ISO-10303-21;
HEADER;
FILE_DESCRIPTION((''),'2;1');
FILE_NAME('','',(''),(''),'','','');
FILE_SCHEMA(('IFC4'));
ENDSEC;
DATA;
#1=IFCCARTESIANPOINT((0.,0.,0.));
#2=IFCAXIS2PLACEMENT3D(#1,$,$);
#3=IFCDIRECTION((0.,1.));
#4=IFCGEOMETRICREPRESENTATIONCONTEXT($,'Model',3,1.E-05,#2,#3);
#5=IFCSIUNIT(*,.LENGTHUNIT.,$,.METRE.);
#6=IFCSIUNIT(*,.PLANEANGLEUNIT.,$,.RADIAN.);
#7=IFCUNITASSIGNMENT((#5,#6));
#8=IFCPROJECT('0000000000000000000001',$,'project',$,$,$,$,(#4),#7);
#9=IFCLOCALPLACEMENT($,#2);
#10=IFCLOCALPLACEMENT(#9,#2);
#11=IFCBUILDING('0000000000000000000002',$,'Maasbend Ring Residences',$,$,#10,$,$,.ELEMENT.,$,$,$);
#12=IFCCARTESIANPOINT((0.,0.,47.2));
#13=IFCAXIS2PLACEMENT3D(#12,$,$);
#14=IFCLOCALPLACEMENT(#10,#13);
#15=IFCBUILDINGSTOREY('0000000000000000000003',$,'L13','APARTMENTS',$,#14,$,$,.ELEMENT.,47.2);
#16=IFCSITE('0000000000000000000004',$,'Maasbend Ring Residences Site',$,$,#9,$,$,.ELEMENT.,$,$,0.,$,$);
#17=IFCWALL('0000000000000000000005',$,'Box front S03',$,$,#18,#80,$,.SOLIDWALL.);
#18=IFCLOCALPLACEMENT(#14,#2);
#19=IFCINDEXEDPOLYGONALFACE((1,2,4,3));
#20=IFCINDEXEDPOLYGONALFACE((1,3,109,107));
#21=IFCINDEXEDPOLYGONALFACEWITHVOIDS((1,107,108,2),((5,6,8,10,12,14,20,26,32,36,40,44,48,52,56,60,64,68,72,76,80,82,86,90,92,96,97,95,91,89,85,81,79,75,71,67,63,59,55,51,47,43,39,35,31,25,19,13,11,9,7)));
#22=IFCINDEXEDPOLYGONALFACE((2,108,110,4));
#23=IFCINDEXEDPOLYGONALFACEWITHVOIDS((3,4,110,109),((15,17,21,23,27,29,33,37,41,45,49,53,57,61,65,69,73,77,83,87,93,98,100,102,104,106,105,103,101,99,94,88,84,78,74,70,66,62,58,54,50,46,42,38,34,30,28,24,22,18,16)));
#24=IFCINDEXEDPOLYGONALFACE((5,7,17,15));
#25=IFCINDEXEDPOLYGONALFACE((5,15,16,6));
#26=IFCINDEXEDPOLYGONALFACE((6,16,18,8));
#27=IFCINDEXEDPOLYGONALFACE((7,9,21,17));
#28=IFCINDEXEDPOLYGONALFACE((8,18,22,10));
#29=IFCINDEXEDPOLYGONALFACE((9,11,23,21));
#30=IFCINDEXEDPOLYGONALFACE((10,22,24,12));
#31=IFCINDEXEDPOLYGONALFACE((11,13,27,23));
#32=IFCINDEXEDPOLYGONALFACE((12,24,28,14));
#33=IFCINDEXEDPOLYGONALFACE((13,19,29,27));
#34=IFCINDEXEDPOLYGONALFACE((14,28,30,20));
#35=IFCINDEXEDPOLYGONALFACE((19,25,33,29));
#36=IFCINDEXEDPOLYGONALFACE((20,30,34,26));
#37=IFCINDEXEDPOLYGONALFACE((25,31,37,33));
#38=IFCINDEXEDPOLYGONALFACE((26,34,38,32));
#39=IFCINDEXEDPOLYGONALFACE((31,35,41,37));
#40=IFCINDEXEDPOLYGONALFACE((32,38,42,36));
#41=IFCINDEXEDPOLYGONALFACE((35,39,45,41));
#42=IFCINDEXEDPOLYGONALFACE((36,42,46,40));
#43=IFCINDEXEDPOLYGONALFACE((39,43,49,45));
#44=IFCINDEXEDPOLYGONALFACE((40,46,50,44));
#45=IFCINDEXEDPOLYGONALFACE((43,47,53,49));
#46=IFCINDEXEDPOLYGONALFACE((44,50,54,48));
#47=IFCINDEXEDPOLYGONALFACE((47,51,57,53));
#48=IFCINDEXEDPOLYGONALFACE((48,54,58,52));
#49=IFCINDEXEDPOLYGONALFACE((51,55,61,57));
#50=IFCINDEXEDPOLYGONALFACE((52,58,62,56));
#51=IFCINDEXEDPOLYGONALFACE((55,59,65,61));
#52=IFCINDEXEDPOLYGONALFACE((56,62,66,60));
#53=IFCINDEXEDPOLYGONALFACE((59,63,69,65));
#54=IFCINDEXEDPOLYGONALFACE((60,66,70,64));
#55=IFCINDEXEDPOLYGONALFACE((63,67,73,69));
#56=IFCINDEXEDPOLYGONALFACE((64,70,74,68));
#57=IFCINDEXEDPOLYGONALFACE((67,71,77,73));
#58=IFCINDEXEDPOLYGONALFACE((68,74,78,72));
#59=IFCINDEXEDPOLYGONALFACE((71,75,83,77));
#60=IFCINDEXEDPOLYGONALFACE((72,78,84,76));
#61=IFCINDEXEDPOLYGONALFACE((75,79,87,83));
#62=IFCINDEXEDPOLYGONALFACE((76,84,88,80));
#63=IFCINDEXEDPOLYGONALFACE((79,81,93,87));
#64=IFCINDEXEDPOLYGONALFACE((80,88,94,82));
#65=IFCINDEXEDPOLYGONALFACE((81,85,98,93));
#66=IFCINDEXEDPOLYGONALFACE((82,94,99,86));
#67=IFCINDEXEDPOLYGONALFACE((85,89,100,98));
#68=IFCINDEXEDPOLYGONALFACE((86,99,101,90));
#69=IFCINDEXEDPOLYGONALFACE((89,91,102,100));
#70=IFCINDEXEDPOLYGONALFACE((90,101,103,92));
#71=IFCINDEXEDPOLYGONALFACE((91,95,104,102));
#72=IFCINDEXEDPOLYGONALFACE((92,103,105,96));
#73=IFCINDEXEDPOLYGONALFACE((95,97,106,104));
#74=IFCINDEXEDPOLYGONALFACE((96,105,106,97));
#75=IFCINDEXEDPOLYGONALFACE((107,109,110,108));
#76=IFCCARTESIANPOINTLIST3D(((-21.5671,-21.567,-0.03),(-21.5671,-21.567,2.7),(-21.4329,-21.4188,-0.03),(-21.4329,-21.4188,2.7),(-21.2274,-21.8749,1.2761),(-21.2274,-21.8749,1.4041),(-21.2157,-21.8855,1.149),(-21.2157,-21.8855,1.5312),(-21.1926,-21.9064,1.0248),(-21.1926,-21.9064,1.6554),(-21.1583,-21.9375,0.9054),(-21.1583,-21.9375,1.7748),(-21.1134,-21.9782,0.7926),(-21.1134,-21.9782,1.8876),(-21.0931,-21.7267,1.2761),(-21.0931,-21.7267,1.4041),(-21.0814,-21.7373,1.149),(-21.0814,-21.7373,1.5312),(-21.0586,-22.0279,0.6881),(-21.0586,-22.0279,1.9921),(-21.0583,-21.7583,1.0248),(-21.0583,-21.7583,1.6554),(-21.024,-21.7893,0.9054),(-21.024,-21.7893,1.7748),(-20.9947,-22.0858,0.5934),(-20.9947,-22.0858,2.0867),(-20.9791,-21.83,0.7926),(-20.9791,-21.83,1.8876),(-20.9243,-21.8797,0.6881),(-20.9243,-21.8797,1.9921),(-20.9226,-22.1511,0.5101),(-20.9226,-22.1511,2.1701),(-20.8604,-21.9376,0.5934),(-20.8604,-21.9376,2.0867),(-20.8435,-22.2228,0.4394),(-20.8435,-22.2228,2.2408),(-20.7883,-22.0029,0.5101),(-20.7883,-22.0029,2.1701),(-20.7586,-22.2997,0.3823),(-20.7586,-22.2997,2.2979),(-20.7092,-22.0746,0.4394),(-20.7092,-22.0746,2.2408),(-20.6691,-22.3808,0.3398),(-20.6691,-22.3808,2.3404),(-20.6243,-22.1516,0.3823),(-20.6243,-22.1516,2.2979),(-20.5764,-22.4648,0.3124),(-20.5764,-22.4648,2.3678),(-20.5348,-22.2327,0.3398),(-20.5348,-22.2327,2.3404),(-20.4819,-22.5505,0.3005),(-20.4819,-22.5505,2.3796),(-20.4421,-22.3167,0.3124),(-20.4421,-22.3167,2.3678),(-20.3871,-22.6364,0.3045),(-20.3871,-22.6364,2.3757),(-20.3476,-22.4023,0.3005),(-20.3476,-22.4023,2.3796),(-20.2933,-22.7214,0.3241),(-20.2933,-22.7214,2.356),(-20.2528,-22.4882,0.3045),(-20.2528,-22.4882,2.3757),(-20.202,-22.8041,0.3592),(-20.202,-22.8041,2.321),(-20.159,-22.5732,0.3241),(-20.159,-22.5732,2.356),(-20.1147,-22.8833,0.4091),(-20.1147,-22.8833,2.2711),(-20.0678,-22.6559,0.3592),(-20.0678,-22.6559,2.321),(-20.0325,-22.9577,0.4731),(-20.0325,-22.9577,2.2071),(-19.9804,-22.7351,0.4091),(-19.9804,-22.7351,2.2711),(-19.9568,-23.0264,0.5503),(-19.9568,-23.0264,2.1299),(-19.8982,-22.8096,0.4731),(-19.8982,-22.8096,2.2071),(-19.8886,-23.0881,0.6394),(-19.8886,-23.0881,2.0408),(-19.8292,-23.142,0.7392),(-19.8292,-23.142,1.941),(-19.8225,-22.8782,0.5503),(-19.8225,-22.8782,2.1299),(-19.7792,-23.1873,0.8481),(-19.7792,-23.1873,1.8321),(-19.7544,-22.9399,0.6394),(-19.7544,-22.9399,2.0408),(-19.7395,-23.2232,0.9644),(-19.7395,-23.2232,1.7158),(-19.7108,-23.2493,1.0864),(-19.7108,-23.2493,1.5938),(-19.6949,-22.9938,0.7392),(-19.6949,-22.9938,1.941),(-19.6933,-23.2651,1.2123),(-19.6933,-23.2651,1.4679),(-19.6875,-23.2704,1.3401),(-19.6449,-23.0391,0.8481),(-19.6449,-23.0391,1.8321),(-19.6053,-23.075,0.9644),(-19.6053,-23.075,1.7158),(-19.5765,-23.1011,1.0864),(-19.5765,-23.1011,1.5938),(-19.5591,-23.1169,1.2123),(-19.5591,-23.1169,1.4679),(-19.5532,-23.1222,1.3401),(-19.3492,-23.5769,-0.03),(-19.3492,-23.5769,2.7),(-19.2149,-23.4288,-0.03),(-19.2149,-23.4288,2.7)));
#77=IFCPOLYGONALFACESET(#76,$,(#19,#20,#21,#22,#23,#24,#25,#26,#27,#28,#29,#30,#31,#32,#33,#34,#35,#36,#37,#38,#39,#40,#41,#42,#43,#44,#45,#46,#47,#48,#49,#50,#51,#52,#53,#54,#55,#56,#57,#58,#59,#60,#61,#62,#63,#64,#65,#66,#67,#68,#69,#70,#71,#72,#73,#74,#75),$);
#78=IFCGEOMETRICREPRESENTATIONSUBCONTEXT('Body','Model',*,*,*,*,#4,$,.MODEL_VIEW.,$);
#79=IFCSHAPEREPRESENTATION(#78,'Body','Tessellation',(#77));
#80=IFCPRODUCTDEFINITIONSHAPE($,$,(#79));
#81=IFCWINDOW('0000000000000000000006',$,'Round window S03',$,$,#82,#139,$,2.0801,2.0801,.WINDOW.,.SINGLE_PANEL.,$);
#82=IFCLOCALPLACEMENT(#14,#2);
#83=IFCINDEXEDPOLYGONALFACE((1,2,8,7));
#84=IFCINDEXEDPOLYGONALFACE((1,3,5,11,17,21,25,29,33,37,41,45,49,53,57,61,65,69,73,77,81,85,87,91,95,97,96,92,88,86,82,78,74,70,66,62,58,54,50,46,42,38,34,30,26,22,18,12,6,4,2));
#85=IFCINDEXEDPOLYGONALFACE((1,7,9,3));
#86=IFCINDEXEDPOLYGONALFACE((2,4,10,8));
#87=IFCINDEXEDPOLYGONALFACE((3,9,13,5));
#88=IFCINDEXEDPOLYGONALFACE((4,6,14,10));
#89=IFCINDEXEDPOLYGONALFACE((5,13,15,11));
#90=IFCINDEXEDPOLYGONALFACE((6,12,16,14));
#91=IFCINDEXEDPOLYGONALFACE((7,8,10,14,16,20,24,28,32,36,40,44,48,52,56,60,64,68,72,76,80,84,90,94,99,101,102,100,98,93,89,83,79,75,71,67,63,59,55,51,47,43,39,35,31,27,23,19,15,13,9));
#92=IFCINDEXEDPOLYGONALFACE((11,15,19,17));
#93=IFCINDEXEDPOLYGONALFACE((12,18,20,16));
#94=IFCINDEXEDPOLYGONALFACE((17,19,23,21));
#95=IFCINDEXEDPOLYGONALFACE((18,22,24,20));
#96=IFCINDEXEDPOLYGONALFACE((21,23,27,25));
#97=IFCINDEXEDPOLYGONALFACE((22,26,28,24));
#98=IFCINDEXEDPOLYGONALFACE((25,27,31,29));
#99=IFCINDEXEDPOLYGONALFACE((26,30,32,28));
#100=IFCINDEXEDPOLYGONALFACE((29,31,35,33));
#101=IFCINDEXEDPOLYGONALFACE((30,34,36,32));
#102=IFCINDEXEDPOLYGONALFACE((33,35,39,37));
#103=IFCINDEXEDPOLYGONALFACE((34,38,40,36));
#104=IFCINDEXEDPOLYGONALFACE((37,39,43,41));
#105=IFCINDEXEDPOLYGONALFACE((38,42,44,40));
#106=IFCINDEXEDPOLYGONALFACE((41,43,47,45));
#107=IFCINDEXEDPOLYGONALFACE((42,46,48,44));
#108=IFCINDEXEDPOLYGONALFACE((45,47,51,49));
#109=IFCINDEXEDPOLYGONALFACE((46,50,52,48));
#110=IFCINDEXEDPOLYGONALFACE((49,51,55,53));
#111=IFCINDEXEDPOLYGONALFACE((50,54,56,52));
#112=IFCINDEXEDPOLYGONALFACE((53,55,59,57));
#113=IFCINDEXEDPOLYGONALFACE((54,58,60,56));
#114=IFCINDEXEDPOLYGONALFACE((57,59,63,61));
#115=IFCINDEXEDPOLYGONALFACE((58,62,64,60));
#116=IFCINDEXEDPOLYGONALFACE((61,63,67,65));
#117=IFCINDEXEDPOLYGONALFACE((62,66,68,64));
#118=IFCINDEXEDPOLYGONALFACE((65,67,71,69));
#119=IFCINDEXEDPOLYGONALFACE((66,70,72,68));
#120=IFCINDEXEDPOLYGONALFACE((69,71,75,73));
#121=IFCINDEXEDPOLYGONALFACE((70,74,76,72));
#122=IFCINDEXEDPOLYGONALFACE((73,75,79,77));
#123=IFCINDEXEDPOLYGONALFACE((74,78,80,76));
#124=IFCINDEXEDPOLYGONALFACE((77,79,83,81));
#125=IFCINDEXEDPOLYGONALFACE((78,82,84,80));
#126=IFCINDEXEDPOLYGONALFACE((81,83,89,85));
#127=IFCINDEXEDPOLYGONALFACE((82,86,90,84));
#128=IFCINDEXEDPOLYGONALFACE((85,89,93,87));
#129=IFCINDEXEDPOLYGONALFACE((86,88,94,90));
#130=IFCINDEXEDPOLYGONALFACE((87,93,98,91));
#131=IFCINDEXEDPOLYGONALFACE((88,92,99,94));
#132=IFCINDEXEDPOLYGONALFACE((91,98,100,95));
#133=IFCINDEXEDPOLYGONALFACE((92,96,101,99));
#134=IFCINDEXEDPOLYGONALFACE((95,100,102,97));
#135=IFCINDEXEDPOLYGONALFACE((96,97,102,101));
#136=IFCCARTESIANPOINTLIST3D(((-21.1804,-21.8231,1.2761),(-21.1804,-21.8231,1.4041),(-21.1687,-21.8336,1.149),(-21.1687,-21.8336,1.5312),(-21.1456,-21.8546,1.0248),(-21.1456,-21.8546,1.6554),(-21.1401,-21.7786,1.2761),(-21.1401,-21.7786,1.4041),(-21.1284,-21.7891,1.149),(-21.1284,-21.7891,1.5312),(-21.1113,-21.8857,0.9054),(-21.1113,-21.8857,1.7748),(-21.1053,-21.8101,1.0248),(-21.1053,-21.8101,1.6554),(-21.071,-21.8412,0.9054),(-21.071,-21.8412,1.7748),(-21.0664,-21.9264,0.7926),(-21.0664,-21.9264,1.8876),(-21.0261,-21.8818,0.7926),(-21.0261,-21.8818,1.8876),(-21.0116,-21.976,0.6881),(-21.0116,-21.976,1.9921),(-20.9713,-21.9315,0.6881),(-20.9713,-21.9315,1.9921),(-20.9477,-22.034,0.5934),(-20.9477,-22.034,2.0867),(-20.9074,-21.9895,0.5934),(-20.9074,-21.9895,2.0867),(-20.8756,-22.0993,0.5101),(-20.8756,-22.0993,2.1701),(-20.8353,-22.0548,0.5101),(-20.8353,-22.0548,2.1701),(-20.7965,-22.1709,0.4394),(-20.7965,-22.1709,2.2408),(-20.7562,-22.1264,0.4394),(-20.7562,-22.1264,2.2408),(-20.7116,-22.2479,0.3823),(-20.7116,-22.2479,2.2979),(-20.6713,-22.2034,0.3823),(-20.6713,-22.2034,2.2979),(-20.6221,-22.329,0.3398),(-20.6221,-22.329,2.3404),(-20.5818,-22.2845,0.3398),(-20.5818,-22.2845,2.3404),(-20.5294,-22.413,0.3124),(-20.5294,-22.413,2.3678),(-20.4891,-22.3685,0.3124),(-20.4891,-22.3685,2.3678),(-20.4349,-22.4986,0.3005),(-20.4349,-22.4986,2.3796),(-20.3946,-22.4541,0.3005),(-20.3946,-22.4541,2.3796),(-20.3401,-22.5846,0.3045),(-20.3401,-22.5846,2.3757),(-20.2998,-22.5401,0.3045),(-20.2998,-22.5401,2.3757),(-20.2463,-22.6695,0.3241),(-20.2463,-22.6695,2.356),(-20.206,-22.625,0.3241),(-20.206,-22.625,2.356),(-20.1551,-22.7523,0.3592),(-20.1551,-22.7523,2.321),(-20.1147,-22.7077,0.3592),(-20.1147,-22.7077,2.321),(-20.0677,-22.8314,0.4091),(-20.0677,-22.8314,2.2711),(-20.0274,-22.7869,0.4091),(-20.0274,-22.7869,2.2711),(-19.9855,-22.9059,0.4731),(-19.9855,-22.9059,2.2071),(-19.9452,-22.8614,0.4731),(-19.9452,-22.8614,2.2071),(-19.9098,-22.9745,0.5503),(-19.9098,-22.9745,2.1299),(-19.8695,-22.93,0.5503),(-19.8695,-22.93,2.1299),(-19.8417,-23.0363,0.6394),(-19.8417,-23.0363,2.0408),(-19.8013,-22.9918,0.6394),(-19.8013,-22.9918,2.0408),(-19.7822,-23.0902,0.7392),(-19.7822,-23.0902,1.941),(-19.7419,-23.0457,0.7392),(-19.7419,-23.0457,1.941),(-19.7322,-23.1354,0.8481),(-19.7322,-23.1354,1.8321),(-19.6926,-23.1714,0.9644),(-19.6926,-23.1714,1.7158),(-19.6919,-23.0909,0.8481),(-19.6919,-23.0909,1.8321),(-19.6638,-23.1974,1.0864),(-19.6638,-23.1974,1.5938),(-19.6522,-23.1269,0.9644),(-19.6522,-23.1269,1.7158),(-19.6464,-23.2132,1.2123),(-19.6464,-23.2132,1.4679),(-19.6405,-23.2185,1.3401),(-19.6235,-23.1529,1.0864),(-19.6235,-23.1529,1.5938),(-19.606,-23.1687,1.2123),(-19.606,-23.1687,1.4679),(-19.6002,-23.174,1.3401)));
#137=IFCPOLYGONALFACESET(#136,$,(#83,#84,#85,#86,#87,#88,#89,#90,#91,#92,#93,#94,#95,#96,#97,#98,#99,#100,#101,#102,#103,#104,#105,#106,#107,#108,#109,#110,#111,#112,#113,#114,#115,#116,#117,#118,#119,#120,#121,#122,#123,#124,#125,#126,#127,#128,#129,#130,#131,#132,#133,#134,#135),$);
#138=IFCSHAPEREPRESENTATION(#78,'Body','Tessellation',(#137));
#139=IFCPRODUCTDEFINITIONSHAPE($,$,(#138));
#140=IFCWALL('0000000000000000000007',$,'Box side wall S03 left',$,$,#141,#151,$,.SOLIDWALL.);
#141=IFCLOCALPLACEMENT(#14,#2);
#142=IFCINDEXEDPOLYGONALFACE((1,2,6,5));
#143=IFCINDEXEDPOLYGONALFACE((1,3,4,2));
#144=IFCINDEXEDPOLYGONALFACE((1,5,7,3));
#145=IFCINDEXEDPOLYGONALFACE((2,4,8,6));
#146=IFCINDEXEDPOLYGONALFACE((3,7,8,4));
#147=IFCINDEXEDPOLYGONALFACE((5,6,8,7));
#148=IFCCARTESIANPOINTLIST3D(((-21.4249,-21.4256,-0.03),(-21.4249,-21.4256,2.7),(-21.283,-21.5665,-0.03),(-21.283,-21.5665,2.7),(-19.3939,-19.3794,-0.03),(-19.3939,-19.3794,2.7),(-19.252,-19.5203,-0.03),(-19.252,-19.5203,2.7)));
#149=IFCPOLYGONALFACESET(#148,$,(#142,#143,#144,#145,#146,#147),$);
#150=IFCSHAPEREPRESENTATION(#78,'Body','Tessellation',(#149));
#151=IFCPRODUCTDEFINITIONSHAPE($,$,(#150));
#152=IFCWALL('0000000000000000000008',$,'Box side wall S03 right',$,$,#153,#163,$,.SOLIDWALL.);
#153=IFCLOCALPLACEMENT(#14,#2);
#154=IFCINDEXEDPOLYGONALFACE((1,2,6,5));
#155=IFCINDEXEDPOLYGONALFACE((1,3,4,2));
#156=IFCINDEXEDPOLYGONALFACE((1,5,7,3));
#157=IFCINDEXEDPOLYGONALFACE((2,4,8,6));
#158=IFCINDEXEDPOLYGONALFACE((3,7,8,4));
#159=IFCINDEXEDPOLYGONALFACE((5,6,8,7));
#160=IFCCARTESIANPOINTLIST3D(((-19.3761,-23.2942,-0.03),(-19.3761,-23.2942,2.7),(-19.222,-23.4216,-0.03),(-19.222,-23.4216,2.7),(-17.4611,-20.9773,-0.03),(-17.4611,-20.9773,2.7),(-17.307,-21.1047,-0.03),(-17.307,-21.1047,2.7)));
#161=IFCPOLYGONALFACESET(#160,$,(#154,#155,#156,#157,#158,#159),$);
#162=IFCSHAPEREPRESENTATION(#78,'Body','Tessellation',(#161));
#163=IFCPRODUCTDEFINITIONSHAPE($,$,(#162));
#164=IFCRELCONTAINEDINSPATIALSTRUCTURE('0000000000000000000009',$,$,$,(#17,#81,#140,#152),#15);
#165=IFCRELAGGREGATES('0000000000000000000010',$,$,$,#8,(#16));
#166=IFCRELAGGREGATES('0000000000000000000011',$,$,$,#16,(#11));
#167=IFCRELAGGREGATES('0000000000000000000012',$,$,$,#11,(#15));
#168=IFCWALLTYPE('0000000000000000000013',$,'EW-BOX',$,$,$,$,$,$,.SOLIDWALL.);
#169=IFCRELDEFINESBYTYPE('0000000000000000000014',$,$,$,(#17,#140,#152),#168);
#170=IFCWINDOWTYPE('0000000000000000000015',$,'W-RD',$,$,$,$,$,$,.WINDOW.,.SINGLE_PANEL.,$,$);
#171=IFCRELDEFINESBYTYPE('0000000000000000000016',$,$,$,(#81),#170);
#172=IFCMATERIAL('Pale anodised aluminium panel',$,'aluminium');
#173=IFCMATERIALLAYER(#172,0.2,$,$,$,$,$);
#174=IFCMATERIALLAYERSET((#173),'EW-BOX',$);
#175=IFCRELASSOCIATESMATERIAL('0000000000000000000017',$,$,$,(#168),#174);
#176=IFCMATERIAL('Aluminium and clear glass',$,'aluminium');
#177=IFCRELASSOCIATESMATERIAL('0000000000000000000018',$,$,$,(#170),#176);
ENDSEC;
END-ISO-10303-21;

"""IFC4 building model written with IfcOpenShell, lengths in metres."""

from ifc_helpers import new_model, si_unit, direction, frame, frame_2d, origin, place, context, subcontext, project, spatial, rectangle, circle, extrude, material, layer, layer_set, type_object, element, fill, save


model = new_model("IFC4")

# Units and contexts
model_context = context("Model", 3, precision=1e-05, world=origin(), true_north=direction((0.0, 1.0)))
body_context = subcontext(model_context, "Body", "Model", "MODEL_VIEW")
ifc_project = project(units=[si_unit("LENGTHUNIT", "METRE"), si_unit("PLANEANGLEUNIT", "RADIAN")], contexts=[model_context])

# Site, building, storey
site_placement = place(None, origin())
site = spatial("IfcSite", under=ifc_project, at=site_placement, Name="Maasbend Ring Residences Site", CompositionType="ELEMENT", RefElevation=0.0)
building_placement = place(site_placement, origin())
building = spatial("IfcBuilding", under=site, at=building_placement, Name="Maasbend Ring Residences", CompositionType="ELEMENT")
storey_placement = place(building_placement, frame((0.0, 0.0, 47.2)))
storey = spatial("IfcBuildingStorey", under=building, at=storey_placement, Name="L13", Description="APARTMENTS", CompositionType="ELEMENT", Elevation=47.2)

# Wall, opening, window
ifc_material_1 = material(Name="Pale anodised aluminium panel", Category="aluminium")
ifc_layer_1 = layer(ifc_material_1, 0.2)
ifc_layer_set_1 = layer_set([ifc_layer_1], Name="EW-BOX")
wall_type_1 = type_object("IfcWallType", Name="EW-BOX", PredefinedType="SOLIDWALL", material=ifc_layer_set_1)
wall_1_placement = place(storey_placement, frame((-21.5, -21.4929, -0.03), z_axis=(0.0, 0.0, 1.0), x_axis=(0.740998, -0.671507, 0.0)))
wall_1 = element("IfcWall", 1, at=wall_1_placement, inside=storey, type_object=wall_type_1, Name="Box front S03", PredefinedType="SOLIDWALL", context=body_context, shape_type="SweptSolid", body=[
    extrude(rectangle(XDim=2.9932, YDim=0.2, at=frame_2d((1.4966, 0.0))), origin(), (0.0, 0.0, 1.0), 2.73),
])
opening_1_placement = place(wall_1_placement, frame((0.4565, 0.0, 0.3301)))
opening_1 = element("IfcOpeningElement", 2, at=opening_1_placement, cuts=wall_1, PredefinedType="OPENING", context=body_context, shape_type="SweptSolid", body=[
    extrude(circle(Radius=1.04, at=frame_2d((1.04, 1.04))), frame((0.0, 0.1099, 0.0), z_axis=(0.0, -1.0, 0.0), x_axis=(1.0, 0.0, 0.0)), (0.0, 0.0, 1.0), 0.22),
])
ifc_material_2 = material(Name="Aluminium and clear glass", Category="aluminium")
window_type_1 = type_object("IfcWindowType", Name="W-RD", PartitioningType="SINGLE_PANEL", PredefinedType="WINDOW", material=ifc_material_2)
window_1_placement = place(opening_1_placement, origin())
window_1 = element("IfcWindow", 3, at=window_1_placement, inside=storey, type_object=window_type_1, Name="Round window S03", OverallHeight=2.0801, OverallWidth=2.0801, PartitioningType="SINGLE_PANEL", PredefinedType="WINDOW", context=body_context, shape_type="SweptSolid", body=[
    extrude(circle(Radius=1.04, at=frame_2d((1.04, 1.04))), frame((0.0, 0.03, 0.0), z_axis=(0.0, -1.0, 0.0), x_axis=(1.0, 0.0, 0.0)), (0.0, 0.0, 1.0), 0.0601),
])
fill(opening_1, window_1)

# Walls
wall_2_placement = place(storey_placement, frame((-19.323, -19.45, -0.03), z_axis=(0.0, 0.0, 1.0), x_axis=(-0.704477, -0.709727, 0.0)))
element("IfcWall", 4, at=wall_2_placement, inside=storey, type_object=wall_type_1, Name="Box side wall S03 left", PredefinedType="SOLIDWALL", context=body_context, shape_type="SweptSolid", body=[
    extrude(rectangle(XDim=2.8831, YDim=0.2, at=frame_2d((1.4414, 0.0))), origin(), (0.0, 0.0, 1.0), 2.73),
])
wall_3_placement = place(storey_placement, frame((-17.384, -21.041, -0.03), z_axis=(0.0, 0.0, 1.0), x_axis=(-0.637096, -0.770785, 0.0)))
element("IfcWall", 5, at=wall_3_placement, inside=storey, type_object=wall_type_1, Name="Box side wall S03 right", PredefinedType="SOLIDWALL", context=body_context, shape_type="SweptSolid", body=[
    extrude(rectangle(XDim=3.0059, YDim=0.2, at=frame_2d((1.5029, 0.0))), origin(), (0.0, 0.0, 1.0), 2.73),
])

save(model, "model.ifc")
